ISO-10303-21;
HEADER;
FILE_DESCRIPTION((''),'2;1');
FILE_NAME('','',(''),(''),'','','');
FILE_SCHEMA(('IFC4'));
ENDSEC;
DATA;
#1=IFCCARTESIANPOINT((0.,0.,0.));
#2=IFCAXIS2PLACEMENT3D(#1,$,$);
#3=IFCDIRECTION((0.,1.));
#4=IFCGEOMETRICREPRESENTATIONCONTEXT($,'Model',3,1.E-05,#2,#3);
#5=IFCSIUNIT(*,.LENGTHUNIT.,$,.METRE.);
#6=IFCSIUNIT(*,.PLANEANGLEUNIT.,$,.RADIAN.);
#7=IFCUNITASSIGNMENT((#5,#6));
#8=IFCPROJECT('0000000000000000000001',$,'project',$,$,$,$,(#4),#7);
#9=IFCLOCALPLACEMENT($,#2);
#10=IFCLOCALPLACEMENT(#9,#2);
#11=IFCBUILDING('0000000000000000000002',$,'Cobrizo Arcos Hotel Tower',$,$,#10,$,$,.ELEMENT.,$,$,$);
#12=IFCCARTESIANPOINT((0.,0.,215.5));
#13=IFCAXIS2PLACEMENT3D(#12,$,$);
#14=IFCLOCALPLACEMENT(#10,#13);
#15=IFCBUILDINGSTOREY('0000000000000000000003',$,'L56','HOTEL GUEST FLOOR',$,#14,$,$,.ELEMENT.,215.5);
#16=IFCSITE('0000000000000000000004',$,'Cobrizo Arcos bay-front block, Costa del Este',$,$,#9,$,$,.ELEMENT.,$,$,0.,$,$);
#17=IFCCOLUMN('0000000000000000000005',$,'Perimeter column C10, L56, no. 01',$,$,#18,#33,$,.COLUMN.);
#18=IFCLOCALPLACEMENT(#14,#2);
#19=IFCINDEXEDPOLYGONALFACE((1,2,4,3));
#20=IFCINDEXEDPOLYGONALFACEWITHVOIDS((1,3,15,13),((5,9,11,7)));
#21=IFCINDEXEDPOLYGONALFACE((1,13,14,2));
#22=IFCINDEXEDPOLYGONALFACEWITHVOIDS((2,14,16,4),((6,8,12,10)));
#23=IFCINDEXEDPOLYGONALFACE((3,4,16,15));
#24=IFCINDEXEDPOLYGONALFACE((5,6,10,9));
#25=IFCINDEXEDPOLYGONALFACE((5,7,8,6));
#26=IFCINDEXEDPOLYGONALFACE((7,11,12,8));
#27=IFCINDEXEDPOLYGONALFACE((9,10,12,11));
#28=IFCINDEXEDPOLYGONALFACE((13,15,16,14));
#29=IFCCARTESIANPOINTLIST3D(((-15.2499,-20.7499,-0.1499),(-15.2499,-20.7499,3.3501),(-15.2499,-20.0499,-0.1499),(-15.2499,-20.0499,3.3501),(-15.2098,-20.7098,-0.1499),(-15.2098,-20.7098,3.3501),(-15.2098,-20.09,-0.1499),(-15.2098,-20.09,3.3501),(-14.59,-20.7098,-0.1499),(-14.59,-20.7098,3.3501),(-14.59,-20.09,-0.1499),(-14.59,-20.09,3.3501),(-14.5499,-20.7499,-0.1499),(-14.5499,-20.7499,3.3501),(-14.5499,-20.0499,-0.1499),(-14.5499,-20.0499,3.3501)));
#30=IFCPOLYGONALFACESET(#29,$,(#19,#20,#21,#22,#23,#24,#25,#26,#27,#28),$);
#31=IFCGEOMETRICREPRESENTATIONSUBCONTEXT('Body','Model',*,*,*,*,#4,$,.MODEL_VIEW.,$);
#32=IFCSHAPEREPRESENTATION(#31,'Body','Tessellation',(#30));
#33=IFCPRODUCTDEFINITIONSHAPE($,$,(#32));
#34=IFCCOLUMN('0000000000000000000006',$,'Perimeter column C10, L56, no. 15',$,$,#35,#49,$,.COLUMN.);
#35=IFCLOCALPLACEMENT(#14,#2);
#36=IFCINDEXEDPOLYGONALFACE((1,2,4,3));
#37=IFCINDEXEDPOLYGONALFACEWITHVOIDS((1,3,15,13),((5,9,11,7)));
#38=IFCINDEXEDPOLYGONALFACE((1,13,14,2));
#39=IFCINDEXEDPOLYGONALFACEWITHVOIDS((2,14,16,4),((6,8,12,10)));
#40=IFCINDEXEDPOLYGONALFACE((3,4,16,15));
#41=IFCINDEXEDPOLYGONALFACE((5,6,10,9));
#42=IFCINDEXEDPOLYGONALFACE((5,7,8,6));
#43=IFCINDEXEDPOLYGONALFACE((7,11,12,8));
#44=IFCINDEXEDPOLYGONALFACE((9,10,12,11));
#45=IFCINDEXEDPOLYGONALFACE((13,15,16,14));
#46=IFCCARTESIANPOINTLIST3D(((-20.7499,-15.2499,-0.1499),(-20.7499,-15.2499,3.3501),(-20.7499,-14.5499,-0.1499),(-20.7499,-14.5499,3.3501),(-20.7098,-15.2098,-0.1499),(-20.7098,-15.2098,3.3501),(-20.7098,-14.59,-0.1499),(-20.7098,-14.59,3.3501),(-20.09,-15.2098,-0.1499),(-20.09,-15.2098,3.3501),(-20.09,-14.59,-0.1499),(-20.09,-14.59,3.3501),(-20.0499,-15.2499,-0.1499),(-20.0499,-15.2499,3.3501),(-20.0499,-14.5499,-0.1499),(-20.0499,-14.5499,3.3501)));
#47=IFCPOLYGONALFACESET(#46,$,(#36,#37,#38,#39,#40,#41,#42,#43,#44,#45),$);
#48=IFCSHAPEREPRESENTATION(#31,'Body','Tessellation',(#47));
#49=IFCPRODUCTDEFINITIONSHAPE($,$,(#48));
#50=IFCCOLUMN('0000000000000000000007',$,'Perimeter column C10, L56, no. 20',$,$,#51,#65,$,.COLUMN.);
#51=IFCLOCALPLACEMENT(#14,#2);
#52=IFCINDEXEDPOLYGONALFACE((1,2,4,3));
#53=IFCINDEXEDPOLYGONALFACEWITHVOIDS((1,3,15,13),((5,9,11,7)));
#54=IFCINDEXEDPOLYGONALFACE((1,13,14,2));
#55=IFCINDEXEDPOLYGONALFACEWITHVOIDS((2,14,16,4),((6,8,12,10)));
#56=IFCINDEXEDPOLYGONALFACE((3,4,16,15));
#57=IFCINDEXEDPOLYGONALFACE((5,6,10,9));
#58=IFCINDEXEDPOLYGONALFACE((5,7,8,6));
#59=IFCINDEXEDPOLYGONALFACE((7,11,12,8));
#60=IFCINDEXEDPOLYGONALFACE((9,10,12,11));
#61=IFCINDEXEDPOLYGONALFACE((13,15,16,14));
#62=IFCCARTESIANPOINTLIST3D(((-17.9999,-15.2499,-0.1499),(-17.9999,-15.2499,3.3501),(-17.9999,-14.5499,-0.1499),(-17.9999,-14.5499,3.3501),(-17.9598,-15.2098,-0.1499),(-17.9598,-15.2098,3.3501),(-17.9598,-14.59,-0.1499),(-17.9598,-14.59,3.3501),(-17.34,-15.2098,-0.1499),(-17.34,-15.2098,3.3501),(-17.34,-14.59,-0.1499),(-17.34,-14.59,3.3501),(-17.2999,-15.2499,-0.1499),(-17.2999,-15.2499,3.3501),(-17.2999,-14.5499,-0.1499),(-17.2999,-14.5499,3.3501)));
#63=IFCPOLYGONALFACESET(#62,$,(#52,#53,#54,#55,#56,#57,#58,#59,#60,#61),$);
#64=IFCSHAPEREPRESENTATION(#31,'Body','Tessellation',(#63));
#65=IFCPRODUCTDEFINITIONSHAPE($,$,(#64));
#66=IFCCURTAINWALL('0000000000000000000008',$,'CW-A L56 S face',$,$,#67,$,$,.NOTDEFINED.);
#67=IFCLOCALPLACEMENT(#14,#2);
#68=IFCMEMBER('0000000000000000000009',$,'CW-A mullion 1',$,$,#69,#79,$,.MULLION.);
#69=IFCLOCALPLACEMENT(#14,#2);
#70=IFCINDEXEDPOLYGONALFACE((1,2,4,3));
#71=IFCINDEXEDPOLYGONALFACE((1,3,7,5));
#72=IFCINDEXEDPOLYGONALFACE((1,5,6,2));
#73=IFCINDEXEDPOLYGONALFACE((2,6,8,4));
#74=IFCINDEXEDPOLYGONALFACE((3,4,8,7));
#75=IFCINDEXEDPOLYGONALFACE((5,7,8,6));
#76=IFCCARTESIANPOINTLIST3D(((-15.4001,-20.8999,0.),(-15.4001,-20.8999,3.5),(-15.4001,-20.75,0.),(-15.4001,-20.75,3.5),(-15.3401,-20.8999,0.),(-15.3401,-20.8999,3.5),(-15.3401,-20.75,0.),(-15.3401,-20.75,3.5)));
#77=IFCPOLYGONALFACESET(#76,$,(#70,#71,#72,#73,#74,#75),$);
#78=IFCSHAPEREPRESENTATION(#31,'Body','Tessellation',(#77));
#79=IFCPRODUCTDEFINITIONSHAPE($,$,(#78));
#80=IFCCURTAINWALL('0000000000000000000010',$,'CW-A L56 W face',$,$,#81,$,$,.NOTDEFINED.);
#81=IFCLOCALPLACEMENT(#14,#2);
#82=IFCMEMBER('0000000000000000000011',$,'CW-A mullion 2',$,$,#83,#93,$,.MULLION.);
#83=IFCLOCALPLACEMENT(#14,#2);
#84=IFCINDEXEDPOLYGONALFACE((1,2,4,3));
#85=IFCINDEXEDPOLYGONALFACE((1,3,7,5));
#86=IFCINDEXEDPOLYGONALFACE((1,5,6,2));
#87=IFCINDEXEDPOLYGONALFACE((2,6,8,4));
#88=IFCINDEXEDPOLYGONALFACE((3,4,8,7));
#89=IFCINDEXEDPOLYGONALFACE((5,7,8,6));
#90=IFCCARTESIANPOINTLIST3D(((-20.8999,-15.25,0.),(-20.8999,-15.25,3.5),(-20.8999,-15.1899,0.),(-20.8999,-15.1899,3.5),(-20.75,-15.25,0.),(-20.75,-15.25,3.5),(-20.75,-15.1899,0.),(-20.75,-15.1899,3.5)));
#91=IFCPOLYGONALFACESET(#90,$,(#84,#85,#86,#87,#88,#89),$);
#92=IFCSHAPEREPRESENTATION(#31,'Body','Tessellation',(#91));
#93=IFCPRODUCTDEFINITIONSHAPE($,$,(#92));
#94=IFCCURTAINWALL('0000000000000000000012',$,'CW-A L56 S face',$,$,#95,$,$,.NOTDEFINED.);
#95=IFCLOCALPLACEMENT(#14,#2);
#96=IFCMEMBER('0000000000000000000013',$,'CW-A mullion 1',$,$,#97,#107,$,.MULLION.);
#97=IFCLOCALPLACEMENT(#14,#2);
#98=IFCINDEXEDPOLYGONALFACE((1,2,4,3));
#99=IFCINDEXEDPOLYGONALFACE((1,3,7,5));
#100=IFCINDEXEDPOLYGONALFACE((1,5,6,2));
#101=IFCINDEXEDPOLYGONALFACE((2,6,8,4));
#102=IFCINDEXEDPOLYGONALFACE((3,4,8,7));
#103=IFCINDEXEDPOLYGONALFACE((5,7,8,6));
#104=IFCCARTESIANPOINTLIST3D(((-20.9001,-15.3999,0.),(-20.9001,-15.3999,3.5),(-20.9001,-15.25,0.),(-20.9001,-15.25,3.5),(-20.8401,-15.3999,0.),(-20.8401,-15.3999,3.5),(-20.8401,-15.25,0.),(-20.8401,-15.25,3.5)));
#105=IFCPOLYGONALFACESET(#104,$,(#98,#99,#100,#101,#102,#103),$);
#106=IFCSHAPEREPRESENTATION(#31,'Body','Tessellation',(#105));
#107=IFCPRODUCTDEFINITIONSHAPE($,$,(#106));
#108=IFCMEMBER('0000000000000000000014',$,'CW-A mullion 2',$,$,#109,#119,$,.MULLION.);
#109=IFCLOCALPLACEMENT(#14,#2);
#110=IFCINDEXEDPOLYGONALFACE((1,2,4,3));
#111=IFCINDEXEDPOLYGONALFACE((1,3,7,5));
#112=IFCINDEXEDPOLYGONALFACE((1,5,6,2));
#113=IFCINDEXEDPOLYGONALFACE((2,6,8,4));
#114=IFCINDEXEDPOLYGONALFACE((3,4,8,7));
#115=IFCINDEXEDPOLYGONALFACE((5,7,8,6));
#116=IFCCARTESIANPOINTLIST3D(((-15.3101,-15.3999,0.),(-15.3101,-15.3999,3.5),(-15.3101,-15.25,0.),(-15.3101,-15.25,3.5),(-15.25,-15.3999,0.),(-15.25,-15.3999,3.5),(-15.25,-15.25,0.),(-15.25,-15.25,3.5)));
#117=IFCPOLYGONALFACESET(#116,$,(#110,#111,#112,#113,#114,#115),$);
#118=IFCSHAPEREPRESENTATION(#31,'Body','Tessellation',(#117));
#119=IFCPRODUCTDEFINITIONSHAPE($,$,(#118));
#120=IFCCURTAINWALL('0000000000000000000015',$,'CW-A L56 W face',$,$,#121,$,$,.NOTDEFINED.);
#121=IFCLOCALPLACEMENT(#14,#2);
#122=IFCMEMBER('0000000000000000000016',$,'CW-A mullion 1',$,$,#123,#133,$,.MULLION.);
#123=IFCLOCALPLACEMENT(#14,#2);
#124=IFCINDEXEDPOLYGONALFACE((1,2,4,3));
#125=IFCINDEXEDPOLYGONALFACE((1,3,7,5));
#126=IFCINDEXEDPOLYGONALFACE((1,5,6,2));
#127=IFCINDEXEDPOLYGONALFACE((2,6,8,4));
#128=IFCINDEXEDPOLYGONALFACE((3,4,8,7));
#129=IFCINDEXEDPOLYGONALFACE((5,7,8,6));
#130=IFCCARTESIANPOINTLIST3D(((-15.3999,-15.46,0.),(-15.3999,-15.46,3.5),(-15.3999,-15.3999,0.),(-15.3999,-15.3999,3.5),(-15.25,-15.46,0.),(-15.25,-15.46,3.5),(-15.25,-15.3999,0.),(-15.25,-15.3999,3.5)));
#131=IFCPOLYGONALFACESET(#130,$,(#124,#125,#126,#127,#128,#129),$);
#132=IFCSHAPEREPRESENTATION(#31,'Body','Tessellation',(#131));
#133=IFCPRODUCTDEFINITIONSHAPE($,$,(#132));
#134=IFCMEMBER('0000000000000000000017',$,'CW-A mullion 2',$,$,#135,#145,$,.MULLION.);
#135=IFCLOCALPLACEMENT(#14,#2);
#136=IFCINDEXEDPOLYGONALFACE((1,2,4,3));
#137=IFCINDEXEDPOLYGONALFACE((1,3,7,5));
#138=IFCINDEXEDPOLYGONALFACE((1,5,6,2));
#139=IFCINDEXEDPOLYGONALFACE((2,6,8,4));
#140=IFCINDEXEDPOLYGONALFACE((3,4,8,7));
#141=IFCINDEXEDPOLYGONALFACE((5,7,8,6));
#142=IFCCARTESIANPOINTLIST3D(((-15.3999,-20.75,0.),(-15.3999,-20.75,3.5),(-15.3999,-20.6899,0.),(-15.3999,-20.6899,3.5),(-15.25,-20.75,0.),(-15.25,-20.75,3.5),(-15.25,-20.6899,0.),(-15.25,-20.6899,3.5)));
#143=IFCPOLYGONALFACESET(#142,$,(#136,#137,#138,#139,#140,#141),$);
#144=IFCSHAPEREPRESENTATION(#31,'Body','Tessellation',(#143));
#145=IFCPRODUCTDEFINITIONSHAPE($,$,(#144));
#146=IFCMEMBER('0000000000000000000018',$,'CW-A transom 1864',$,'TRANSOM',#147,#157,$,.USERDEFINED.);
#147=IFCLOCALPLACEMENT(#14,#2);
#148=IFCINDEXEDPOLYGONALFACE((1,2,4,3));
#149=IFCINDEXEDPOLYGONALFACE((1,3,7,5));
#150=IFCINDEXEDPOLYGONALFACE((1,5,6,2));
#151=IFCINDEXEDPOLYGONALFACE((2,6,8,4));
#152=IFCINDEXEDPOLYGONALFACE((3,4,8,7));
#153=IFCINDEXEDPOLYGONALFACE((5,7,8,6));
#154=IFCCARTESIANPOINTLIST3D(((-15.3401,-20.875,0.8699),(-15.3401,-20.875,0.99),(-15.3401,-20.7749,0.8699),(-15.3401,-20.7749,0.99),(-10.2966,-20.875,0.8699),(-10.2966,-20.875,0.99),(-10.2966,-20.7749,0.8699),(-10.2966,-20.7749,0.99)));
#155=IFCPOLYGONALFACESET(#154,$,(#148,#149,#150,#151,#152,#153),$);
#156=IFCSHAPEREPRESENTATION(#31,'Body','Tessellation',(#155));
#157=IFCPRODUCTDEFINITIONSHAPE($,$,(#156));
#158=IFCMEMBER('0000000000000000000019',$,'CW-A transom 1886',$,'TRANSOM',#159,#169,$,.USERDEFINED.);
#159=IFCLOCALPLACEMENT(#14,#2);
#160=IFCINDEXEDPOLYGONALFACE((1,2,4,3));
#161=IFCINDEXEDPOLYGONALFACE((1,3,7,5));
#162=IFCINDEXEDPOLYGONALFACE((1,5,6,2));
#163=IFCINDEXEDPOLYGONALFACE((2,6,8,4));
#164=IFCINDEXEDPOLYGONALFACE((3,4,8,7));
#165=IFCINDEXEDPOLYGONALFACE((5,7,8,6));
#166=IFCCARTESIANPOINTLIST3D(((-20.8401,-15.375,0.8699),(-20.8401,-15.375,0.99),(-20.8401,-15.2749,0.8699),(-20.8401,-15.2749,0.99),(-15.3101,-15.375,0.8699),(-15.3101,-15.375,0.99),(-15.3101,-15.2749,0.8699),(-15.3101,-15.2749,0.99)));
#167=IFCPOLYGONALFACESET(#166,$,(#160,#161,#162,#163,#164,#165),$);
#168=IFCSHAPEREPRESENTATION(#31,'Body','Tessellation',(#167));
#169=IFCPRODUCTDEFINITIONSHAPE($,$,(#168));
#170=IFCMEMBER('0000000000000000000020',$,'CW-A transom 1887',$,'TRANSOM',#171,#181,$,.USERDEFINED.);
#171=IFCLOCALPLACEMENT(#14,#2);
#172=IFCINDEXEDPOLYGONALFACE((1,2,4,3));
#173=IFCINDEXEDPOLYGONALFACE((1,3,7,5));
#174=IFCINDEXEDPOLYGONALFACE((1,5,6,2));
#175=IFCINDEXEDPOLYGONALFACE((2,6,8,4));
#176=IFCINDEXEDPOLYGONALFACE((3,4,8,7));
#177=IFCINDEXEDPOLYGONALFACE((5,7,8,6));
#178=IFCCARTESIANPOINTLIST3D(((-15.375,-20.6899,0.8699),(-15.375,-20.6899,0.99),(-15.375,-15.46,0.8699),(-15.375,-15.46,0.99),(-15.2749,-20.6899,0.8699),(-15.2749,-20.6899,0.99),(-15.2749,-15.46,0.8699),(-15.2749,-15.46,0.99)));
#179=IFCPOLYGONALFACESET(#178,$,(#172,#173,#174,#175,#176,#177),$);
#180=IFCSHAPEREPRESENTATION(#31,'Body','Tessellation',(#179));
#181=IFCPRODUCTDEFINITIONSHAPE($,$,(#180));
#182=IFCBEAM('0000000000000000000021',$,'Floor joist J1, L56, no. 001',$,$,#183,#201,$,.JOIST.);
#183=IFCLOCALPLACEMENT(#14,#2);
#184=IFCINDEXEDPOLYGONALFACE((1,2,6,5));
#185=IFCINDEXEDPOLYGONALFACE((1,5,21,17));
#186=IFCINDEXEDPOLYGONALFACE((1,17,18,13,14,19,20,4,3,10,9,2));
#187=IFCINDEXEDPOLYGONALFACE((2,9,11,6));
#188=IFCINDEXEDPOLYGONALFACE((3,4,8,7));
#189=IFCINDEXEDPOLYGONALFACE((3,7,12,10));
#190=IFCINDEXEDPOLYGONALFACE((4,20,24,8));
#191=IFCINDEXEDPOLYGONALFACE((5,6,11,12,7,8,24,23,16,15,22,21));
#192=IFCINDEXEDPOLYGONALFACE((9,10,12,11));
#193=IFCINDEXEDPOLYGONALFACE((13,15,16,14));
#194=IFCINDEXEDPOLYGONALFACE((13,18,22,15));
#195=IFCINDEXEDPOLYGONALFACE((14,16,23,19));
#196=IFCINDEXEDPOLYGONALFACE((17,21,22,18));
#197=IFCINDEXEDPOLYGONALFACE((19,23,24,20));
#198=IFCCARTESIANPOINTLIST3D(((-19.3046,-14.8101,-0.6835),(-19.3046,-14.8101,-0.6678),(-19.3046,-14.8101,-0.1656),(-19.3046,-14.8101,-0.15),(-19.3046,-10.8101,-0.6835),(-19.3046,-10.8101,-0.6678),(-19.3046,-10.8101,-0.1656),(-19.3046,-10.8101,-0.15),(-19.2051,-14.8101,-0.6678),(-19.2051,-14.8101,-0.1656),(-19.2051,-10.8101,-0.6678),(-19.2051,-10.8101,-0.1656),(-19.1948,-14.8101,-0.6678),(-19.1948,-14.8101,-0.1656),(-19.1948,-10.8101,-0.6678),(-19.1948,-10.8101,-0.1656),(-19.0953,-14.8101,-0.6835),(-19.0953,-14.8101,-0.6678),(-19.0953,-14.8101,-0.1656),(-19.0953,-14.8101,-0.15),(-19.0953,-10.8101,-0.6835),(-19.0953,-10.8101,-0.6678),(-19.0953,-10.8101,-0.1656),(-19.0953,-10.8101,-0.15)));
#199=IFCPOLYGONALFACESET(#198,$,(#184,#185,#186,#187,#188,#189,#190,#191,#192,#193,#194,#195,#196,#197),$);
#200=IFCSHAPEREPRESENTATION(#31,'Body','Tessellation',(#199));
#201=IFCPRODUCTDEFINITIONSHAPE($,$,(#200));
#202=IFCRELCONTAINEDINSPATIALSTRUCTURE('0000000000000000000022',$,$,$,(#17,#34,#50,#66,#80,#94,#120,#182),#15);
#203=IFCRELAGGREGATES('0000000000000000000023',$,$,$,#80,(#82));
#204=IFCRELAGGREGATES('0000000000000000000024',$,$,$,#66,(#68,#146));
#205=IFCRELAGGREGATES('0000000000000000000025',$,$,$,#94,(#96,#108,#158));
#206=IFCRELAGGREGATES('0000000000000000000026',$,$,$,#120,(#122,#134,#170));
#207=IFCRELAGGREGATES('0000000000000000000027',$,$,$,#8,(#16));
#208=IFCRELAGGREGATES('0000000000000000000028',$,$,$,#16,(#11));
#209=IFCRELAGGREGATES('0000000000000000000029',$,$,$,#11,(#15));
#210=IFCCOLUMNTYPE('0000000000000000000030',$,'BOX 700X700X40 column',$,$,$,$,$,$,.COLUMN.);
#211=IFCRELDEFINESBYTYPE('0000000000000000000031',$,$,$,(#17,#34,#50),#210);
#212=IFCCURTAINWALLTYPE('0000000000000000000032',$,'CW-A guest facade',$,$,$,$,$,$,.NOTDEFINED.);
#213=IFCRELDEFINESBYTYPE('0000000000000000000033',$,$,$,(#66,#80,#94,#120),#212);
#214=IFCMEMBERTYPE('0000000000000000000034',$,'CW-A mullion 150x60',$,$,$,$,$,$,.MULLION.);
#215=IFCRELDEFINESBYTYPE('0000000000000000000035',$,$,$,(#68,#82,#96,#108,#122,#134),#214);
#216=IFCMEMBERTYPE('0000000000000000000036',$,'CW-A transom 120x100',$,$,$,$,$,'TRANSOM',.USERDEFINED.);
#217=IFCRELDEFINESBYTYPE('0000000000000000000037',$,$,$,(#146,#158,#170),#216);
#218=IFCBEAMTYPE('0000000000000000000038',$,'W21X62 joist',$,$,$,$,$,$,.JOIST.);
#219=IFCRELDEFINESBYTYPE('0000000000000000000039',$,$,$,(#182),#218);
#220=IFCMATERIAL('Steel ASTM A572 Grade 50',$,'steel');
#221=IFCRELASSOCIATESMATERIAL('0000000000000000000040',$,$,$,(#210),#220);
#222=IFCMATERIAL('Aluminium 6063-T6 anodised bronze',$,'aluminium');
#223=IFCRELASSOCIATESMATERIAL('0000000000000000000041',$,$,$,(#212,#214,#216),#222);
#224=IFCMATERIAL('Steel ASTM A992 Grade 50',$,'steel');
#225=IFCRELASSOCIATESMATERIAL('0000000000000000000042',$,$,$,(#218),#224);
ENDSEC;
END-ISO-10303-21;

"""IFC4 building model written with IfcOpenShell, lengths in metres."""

from ifc_helpers import new_model, si_unit, direction, frame, origin, origin_2d, place, context, subcontext, project, spatial, rectangle, hollow_rectangle, i_section, extrude, material, material_profile, profile_set, type_object, element, aggregate, save


model = new_model("IFC4")

# Units and contexts
model_context = context("Model", 3, precision=1e-05, world=origin(), true_north=direction((0.0, 1.0)))
body_context = subcontext(model_context, "Body", "Model", "MODEL_VIEW")
ifc_project = project(units=[si_unit("LENGTHUNIT", "METRE"), si_unit("PLANEANGLEUNIT", "RADIAN")], contexts=[model_context])

# Site, building, storey
site_placement = place(None, origin())
site = spatial("IfcSite", under=ifc_project, at=site_placement, Name="Cobrizo Arcos bay-front block, Costa del Este", CompositionType="ELEMENT", RefElevation=0.0)
building_placement = place(site_placement, origin())
building = spatial("IfcBuilding", under=site, at=building_placement, Name="Cobrizo Arcos Hotel Tower", CompositionType="ELEMENT")
storey_placement = place(building_placement, frame((0.0, 0.0, 215.5)))
storey = spatial("IfcBuildingStorey", under=building, at=storey_placement, Name="L56", Description="HOTEL GUEST FLOOR", CompositionType="ELEMENT", Elevation=215.5)

# Columns
ifc_material_1 = material(Name="Steel ASTM A572 Grade 50", Category="steel")
ifc_material_profile_1 = material_profile(ifc_material_1, hollow_rectangle(XDim=0.7, YDim=0.7, WallThickness=0.04, at=origin_2d()), Name="BOX 700X700X40")
ifc_profile_set_1 = profile_set([ifc_material_profile_1], Name="Steel ASTM A572 Grade 50")
column_type = type_object("IfcColumnType", Name="BOX 700X700X40 column", PredefinedType="COLUMN", material=ifc_profile_set_1)
for number, where, z_axis, x_axis, name in (
    (1, (-14.8999, -20.3999, -0.1499), (0.0, 0.0, 1.0), (1.0, 0.0, 0.0), "Perimeter column C10, L56, no. 01"),
    (2, (-20.3999, -14.8999, -0.1499), (0.0, 0.0, 1.0), (1.0, 0.0, 0.0), "Perimeter column C10, L56, no. 15"),
    (3, (-17.6499, -14.8999, -0.1499), (0.0, 0.0, 1.0), (1.0, 0.0, 0.0), "Perimeter column C10, L56, no. 20"),
):
    element("IfcColumn", number, at=place(storey_placement, frame(where, z_axis=z_axis, x_axis=x_axis)), inside=storey, type_object=column_type, Name=name, PredefinedType="COLUMN", context=body_context, shape_type="SweptSolid", body=[
        extrude(hollow_rectangle(XDim=0.7, YDim=0.7, WallThickness=0.04, at=origin_2d()), origin(), (0.0, 0.0, 1.0), 3.5),
    ])

# Curtain walls, members
ifc_material_2 = material(Name="Aluminium 6063-T6 anodised bronze", Category="aluminium")
curtain_wall_type = type_object("IfcCurtainWallType", Name="CW-A guest facade", PredefinedType="NOTDEFINED", material=ifc_material_2)
curtain_wall_1_placement = place(storey_placement, origin())
curtain_wall_1 = element("IfcCurtainWall", 4, at=curtain_wall_1_placement, inside=storey, type_object=curtain_wall_type, Name="CW-A L56 S face", PredefinedType="NOTDEFINED")
ifc_material_profile_2 = material_profile(ifc_material_2, rectangle(XDim=0.1499, YDim=0.0601, at=origin_2d()), Name="CW-A mullion 150x60")
ifc_profile_set_2 = profile_set([ifc_material_profile_2], Name="Aluminium 6063-T6 anodised bronze")
member_type_1 = type_object("IfcMemberType", Name="CW-A mullion 150x60", PredefinedType="MULLION", material=ifc_profile_set_2)
member_1_placement = place(storey_placement, frame((-15.3701, -20.825, 0.0), z_axis=(0.0, 0.0, 1.0), x_axis=(0.0, -1.0, 0.0)))
member_1 = element("IfcMember", 5, at=member_1_placement, type_object=member_type_1, Name="CW-A mullion 1", PredefinedType="MULLION", context=body_context, shape_type="SweptSolid", body=[
    extrude(rectangle(XDim=0.1499, YDim=0.0601, at=origin_2d()), origin(), (0.0, 0.0, 1.0), 3.5),
])
curtain_wall_2_placement = place(storey_placement, origin())
curtain_wall_2 = element("IfcCurtainWall", 6, at=curtain_wall_2_placement, inside=storey, type_object=curtain_wall_type, Name="CW-A L56 W face", PredefinedType="NOTDEFINED")
member_2_placement = place(storey_placement, frame((-20.825, -15.22, 0.0), z_axis=(0.0, 0.0, 1.0), x_axis=(-1.0, 0.0, 0.0)))
member_2 = element("IfcMember", 7, at=member_2_placement, type_object=member_type_1, Name="CW-A mullion 2", PredefinedType="MULLION", context=body_context, shape_type="SweptSolid", body=[
    extrude(rectangle(XDim=0.1499, YDim=0.0601, at=origin_2d()), origin(), (0.0, 0.0, 1.0), 3.5),
])
aggregate(curtain_wall_2, [member_2])

# Curtain walls, members
curtain_wall_3_placement = place(storey_placement, origin())
curtain_wall_3 = element("IfcCurtainWall", 8, at=curtain_wall_3_placement, inside=storey, type_object=curtain_wall_type, Name="CW-A L56 S face", PredefinedType="NOTDEFINED")
member_3_placement = place(storey_placement, frame((-20.8701, -15.325, 0.0), z_axis=(0.0, 0.0, 1.0), x_axis=(0.0, -1.0, 0.0)))
member_3 = element("IfcMember", 9, at=member_3_placement, type_object=member_type_1, Name="CW-A mullion 1", PredefinedType="MULLION", context=body_context, shape_type="SweptSolid", body=[
    extrude(rectangle(XDim=0.1499, YDim=0.0601, at=origin_2d()), origin(), (0.0, 0.0, 1.0), 3.5),
])
member_4_placement = place(storey_placement, frame((-15.28, -15.325, 0.0), z_axis=(0.0, 0.0, 1.0), x_axis=(0.0, -1.0, 0.0)))
member_4 = element("IfcMember", 10, at=member_4_placement, type_object=member_type_1, Name="CW-A mullion 2", PredefinedType="MULLION", context=body_context, shape_type="SweptSolid", body=[
    extrude(rectangle(XDim=0.1499, YDim=0.0601, at=origin_2d()), origin(), (0.0, 0.0, 1.0), 3.5),
])
curtain_wall_4_placement = place(storey_placement, origin())
curtain_wall_4 = element("IfcCurtainWall", 11, at=curtain_wall_4_placement, inside=storey, type_object=curtain_wall_type, Name="CW-A L56 W face", PredefinedType="NOTDEFINED")
member_5_placement = place(storey_placement, frame((-15.325, -15.4299, 0.0), z_axis=(0.0, 0.0, 1.0), x_axis=(-1.0, 0.0, 0.0)))
member_5 = element("IfcMember", 12, at=member_5_placement, type_object=member_type_1, Name="CW-A mullion 1", PredefinedType="MULLION", context=body_context, shape_type="SweptSolid", body=[
    extrude(rectangle(XDim=0.1499, YDim=0.0601, at=origin_2d()), origin(), (0.0, 0.0, 1.0), 3.5),
])
member_6_placement = place(storey_placement, frame((-15.325, -20.72, 0.0), z_axis=(0.0, 0.0, 1.0), x_axis=(-1.0, 0.0, 0.0)))
member_6 = element("IfcMember", 13, at=member_6_placement, type_object=member_type_1, Name="CW-A mullion 2", PredefinedType="MULLION", context=body_context, shape_type="SweptSolid", body=[
    extrude(rectangle(XDim=0.1499, YDim=0.0601, at=origin_2d()), origin(), (0.0, 0.0, 1.0), 3.5),
])

# Members
ifc_material_profile_3 = material_profile(ifc_material_2, rectangle(XDim=0.1001, YDim=0.1201, at=origin_2d()), Name="CW-A transom 120x100")
ifc_profile_set_3 = profile_set([ifc_material_profile_3], Name="Aluminium 6063-T6 anodised bronze")
member_type_2 = type_object("IfcMemberType", Name="CW-A transom 120x100", ElementType="TRANSOM", PredefinedType="USERDEFINED", material=ifc_profile_set_3)
member_7_placement = place(storey_placement, frame((-15.3401, -20.825, 0.9299), z_axis=(1.0, 0.0, 0.0), x_axis=(0.0, 1.0, 0.0)))
member_7 = element("IfcMember", 14, at=member_7_placement, type_object=member_type_2, Name="CW-A transom 1864", ObjectType="TRANSOM", PredefinedType="USERDEFINED", context=body_context, shape_type="SweptSolid", body=[
    extrude(rectangle(XDim=0.1001, YDim=0.1201, at=origin_2d()), origin(), (0.0, 0.0, 1.0), 5.0435),
])
aggregate(curtain_wall_1, [member_1, member_7])
member_8_placement = place(storey_placement, frame((-20.8401, -15.325, 0.9299), z_axis=(1.0, 0.0, 0.0), x_axis=(0.0, 1.0, 0.0)))
member_8 = element("IfcMember", 15, at=member_8_placement, type_object=member_type_2, Name="CW-A transom 1886", ObjectType="TRANSOM", PredefinedType="USERDEFINED", context=body_context, shape_type="SweptSolid", body=[
    extrude(rectangle(XDim=0.1001, YDim=0.1201, at=origin_2d()), origin(), (0.0, 0.0, 1.0), 5.53),
])
member_9_placement = place(storey_placement, frame((-15.325, -15.46, 0.9299), z_axis=(0.0, -1.0, 0.0), x_axis=(1.0, 0.0, 0.0)))
member_9 = element("IfcMember", 16, at=member_9_placement, type_object=member_type_2, Name="CW-A transom 1887", ObjectType="TRANSOM", PredefinedType="USERDEFINED", context=body_context, shape_type="SweptSolid", body=[
    extrude(rectangle(XDim=0.1001, YDim=0.1201, at=origin_2d()), origin(), (0.0, 0.0, 1.0), 5.23),
])

# Beam
ifc_material_3 = material(Name="Steel ASTM A992 Grade 50", Category="steel")
ifc_material_profile_4 = material_profile(ifc_material_3, i_section(OverallWidth=0.2092, OverallDepth=0.5334, WebThickness=0.0103, FlangeThickness=0.0156, at=origin_2d()), Name="W21X62")
ifc_profile_set_4 = profile_set([ifc_material_profile_4], Name="Steel ASTM A992 Grade 50")
beam_type_1 = type_object("IfcBeamType", Name="W21X62 joist", PredefinedType="JOIST", material=ifc_profile_set_4)
beam_placement = place(storey_placement, frame((-19.2, -14.8101, -0.4167), z_axis=(0.0, 1.0, 0.0), x_axis=(-1.0, 0.0, 0.0)))
element("IfcBeam", 17, at=beam_placement, inside=storey, type_object=beam_type_1, Name="Floor joist J1, L56, no. 001", PredefinedType="JOIST", context=body_context, shape_type="SweptSolid", body=[
    extrude(i_section(OverallWidth=0.2092, OverallDepth=0.5334, WebThickness=0.0103, FlangeThickness=0.0156, at=origin_2d()), origin(), (0.0, 0.0, 1.0), 4.0),
])

aggregate(curtain_wall_3, [member_3, member_4, member_8])
aggregate(curtain_wall_4, [member_5, member_6, member_9])

save(model, "model.ifc")
